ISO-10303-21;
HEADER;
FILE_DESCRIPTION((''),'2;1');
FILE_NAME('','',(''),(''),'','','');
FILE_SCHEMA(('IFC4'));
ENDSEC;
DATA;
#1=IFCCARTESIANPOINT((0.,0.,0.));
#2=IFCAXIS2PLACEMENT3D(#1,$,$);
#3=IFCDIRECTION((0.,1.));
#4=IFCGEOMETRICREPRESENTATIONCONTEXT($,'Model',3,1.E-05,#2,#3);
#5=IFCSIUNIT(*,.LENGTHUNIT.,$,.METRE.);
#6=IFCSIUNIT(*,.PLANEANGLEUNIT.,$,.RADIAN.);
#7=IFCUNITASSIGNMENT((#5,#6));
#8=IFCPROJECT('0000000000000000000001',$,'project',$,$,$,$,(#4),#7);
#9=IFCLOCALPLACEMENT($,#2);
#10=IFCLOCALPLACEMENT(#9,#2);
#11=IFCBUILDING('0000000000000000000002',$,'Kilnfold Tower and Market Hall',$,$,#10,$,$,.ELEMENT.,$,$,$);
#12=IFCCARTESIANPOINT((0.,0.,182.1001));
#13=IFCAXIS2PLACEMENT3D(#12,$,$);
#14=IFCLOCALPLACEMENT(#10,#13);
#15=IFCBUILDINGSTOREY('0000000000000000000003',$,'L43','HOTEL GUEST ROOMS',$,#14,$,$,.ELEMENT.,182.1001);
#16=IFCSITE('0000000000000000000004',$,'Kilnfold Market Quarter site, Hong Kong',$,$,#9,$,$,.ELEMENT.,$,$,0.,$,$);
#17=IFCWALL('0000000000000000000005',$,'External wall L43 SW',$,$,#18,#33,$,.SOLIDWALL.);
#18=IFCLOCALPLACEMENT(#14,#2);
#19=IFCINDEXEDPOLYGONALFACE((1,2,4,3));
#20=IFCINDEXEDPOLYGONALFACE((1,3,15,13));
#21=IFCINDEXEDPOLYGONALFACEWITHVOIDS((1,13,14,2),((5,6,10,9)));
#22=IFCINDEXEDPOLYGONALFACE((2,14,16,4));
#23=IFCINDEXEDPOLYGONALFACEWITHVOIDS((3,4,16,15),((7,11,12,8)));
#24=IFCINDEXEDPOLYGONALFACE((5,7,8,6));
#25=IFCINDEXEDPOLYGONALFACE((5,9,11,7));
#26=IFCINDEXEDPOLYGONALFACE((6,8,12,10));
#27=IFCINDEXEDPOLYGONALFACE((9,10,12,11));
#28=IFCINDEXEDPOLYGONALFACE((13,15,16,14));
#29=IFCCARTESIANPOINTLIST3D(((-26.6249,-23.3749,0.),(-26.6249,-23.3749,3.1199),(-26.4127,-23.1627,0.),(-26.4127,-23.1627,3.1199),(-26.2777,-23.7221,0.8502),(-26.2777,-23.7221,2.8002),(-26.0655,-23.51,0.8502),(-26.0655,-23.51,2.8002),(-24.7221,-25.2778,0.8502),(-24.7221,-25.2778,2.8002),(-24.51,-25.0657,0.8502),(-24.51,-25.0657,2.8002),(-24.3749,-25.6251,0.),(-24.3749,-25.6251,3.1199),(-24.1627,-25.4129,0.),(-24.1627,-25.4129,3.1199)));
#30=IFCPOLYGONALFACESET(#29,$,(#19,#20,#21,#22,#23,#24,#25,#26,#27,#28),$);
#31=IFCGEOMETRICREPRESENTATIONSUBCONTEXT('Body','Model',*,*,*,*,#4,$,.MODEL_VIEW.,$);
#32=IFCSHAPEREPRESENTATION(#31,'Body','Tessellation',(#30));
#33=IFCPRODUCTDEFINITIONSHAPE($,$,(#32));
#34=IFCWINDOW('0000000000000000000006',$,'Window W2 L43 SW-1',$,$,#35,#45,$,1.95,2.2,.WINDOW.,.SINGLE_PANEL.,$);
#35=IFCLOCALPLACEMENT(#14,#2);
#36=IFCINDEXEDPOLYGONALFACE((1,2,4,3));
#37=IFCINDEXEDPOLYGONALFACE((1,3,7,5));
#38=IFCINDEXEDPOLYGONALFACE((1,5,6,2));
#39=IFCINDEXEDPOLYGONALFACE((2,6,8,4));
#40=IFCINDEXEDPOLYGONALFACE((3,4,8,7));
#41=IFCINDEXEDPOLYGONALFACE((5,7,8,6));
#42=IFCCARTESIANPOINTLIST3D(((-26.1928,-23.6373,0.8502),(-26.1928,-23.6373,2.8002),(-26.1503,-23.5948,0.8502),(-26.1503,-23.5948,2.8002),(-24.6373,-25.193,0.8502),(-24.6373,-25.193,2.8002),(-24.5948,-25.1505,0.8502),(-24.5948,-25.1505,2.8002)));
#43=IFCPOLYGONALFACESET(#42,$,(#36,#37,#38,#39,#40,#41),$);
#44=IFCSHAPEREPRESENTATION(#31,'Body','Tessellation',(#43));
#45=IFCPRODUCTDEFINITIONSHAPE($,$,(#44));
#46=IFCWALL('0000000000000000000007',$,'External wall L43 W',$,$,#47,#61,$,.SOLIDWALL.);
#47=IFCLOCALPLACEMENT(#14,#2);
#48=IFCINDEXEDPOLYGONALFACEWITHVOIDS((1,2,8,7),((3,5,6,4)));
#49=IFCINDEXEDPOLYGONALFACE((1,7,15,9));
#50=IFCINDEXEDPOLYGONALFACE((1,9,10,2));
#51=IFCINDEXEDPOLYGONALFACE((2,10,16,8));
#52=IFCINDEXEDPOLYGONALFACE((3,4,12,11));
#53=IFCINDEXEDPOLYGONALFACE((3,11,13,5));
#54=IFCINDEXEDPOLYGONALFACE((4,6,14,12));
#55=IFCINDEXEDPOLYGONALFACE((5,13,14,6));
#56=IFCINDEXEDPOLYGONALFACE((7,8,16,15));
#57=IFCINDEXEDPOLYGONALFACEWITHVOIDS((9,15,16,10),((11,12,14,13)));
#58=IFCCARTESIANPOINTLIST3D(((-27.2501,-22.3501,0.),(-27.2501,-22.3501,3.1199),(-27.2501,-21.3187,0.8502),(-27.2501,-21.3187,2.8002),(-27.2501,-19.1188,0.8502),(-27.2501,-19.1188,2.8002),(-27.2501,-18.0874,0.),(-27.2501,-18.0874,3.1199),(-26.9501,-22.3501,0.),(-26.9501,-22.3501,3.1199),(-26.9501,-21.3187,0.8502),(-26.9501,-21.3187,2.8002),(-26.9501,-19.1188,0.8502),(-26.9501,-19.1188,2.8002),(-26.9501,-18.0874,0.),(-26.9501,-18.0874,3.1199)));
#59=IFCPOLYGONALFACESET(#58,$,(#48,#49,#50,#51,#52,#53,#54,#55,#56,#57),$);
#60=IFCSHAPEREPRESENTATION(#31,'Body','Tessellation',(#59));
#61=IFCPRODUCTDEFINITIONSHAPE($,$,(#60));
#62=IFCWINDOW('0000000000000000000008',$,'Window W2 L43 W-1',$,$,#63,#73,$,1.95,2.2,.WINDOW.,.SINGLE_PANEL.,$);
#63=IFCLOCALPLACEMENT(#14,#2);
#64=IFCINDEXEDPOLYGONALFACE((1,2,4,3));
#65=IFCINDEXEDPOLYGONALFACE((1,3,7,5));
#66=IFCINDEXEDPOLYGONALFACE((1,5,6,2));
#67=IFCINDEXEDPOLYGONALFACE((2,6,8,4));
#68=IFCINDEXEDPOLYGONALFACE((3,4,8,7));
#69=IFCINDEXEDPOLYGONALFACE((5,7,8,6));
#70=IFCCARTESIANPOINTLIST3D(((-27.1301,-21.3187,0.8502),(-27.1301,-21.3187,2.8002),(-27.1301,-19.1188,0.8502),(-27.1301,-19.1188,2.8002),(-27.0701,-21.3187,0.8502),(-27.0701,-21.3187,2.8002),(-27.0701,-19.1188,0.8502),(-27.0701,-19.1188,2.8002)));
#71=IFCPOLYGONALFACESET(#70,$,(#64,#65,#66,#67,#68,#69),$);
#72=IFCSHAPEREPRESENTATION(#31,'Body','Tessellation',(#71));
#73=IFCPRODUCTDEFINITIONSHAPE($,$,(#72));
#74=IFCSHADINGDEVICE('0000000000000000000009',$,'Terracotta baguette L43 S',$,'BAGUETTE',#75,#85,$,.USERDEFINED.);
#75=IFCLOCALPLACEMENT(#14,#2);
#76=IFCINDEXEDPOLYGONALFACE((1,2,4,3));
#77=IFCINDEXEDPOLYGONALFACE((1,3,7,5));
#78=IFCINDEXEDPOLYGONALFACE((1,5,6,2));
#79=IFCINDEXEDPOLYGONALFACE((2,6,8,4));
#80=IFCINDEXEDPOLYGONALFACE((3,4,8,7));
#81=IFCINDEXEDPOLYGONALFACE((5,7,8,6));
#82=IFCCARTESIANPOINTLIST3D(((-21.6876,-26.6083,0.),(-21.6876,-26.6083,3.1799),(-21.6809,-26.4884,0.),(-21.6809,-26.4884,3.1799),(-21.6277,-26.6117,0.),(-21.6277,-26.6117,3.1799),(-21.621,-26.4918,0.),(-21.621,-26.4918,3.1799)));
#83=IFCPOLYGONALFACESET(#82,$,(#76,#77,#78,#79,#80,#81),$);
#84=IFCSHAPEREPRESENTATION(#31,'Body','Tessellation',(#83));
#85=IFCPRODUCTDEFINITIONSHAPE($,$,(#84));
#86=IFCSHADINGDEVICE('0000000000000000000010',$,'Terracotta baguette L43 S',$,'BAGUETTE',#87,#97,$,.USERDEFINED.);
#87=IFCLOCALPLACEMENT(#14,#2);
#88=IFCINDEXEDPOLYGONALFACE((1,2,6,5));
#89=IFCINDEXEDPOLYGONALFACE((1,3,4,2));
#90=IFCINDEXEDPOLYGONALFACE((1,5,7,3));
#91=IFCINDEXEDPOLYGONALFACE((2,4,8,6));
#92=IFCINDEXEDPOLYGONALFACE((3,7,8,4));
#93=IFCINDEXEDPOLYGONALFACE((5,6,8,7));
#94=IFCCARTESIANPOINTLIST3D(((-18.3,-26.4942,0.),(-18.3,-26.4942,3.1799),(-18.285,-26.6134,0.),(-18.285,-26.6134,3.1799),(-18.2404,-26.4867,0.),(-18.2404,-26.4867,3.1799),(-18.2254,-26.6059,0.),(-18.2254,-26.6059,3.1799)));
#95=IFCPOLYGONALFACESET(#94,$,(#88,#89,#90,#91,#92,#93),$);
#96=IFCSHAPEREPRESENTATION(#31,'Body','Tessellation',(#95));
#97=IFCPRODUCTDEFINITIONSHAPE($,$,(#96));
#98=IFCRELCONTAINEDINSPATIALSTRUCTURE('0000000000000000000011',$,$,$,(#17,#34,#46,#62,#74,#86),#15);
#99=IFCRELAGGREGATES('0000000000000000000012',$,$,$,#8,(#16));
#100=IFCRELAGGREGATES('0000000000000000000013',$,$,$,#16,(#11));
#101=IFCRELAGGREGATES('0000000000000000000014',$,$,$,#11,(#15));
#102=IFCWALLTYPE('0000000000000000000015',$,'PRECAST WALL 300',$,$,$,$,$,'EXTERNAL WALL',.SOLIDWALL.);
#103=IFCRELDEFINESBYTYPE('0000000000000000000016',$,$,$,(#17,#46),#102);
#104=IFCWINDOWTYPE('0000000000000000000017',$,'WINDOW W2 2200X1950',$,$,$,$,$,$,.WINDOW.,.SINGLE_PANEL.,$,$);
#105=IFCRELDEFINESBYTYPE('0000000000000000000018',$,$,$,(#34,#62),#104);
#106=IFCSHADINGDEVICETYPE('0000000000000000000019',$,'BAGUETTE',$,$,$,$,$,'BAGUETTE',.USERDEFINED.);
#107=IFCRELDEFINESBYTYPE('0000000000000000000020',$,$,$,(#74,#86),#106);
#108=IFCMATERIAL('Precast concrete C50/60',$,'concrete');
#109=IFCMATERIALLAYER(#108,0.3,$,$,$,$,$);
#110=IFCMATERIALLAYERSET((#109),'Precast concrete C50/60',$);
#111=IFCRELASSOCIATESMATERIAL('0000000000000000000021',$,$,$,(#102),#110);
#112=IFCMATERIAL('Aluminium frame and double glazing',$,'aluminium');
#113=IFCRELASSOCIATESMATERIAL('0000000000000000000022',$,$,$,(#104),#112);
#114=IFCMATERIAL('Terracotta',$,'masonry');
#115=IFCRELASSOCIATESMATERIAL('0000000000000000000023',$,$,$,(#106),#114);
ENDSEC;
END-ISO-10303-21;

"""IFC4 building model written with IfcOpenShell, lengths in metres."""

from ifc_helpers import new_model, si_unit, direction, frame, frame_2d, origin, origin_2d, place, context, subcontext, project, spatial, rectangle, extrude, source, transform, mapped, material, layer, layer_set, material_profile, profile_set, type_object, element, fill, save


model = new_model("IFC4")

# Units and contexts
model_context = context("Model", 3, precision=1e-05, world=origin(), true_north=direction((0.0, 1.0)))
body_context = subcontext(model_context, "Body", "Model", "MODEL_VIEW")
ifc_project = project(units=[si_unit("LENGTHUNIT", "METRE"), si_unit("PLANEANGLEUNIT", "RADIAN")], contexts=[model_context])

# Site, building, storey
site_placement = place(None, origin())
site = spatial("IfcSite", under=ifc_project, at=site_placement, Name="Kilnfold Market Quarter site, Hong Kong", CompositionType="ELEMENT", RefElevation=0.0)
building_placement = place(site_placement, origin())
building = spatial("IfcBuilding", under=site, at=building_placement, Name="Kilnfold Tower and Market Hall", CompositionType="ELEMENT")
storey_placement = place(building_placement, frame((0.0, 0.0, 182.1001)))
storey = spatial("IfcBuildingStorey", under=building, at=storey_placement, Name="L43", Description="HOTEL GUEST ROOMS", CompositionType="ELEMENT", Elevation=182.1001)

# Shared definitions
ifc_material_1 = material(Name="Precast concrete C50/60", Category="concrete")
ifc_layer_1 = layer(ifc_material_1, 0.3)
ifc_layer_set_1 = layer_set([ifc_layer_1], Name="Precast concrete C50/60")
wall_type_1 = type_object("IfcWallType", Name="PRECAST WALL 300", ElementType="EXTERNAL WALL", PredefinedType="SOLIDWALL", material=ifc_layer_set_1)

# Walls, openings, windows
shared_shape_1 = source(origin(), body_context, "Body", "SweptSolid", [
    extrude(rectangle(XDim=3.1821, YDim=0.3, at=frame_2d((1.5911, 0.0))), origin(), (0.0, 0.0, 1.0), 3.1199),
])
wall_1_placement = place(storey_placement, frame((-26.5188, -23.2688, 0.0), z_axis=(0.0, 0.0, 1.0), x_axis=(0.707068, -0.707145, 0.0)))
wall_1 = element("IfcWall", 1, at=wall_1_placement, inside=storey, type_object=wall_type_1, Name="External wall L43 SW", PredefinedType="SOLIDWALL", context=body_context, shape_type="MappedRepresentation", body=[
    mapped(shared_shape_1, transform((0.0, 0.0, 0.0))),
])
opening_1_placement = place(wall_1_placement, frame((0.491, 0.0, 0.8501)))
opening_1 = element("IfcOpeningElement", 2, at=opening_1_placement, cuts=wall_1, PredefinedType="OPENING", context=body_context, shape_type="SweptSolid", body=[
    extrude(rectangle(XDim=2.2, YDim=1.95, at=frame_2d((1.1001, 0.9751))), frame((0.0, 0.1602, 0.0), z_axis=(0.0, -1.0, 0.0), x_axis=(1.0, 0.0, 0.0)), (0.0, 0.0, 1.0), 0.3201),
])
ifc_material_2 = material(Name="Aluminium frame and double glazing", Category="aluminium")
window_type_1 = type_object("IfcWindowType", Name="WINDOW W2 2200X1950", PartitioningType="SINGLE_PANEL", PredefinedType="WINDOW", material=ifc_material_2)
window_1_placement = place(opening_1_placement, origin())
window_1 = element("IfcWindow", 3, at=window_1_placement, inside=storey, type_object=window_type_1, Name="Window W2 L43 SW-1", OverallHeight=1.95, OverallWidth=2.2, PartitioningType="SINGLE_PANEL", PredefinedType="WINDOW", context=body_context, shape_type="SweptSolid", body=[
    extrude(rectangle(XDim=2.2, YDim=1.95, at=frame_2d((1.1001, 0.9751))), frame((0.0, 0.03, 0.0), z_axis=(0.0, -1.0, 0.0), x_axis=(1.0, 0.0, 0.0)), (0.0, 0.0, 1.0), 0.0601),
])
fill(opening_1, window_1)
shared_shape_2 = source(origin(), body_context, "Body", "SweptSolid", [
    extrude(rectangle(XDim=4.2627, YDim=0.3, at=frame_2d((2.1313, 0.0))), origin(), (0.0, 0.0, 1.0), 3.1199),
])
wall_2_placement = place(storey_placement, frame((-27.1001, -18.0874, 0.0), z_axis=(0.0, 0.0, 1.0), x_axis=(0.0, -1.0, 0.0)))
wall_2 = element("IfcWall", 4, at=wall_2_placement, inside=storey, type_object=wall_type_1, Name="External wall L43 W", PredefinedType="SOLIDWALL", context=body_context, shape_type="MappedRepresentation", body=[
    mapped(shared_shape_2, transform((0.0, 0.0, 0.0))),
])
opening_2_placement = place(wall_2_placement, frame((1.0312, 0.0, 0.8501)))
opening_2 = element("IfcOpeningElement", 5, at=opening_2_placement, cuts=wall_2, PredefinedType="OPENING", context=body_context, shape_type="SweptSolid", body=[
    extrude(rectangle(XDim=2.2, YDim=1.95, at=frame_2d((1.1001, 0.9751))), frame((0.0, 0.1602, 0.0), z_axis=(0.0, -1.0, 0.0), x_axis=(1.0, 0.0, 0.0)), (0.0, 0.0, 1.0), 0.3201),
])
window_2_placement = place(opening_2_placement, origin())
window_2 = element("IfcWindow", 6, at=window_2_placement, inside=storey, type_object=window_type_1, Name="Window W2 L43 W-1", OverallHeight=1.95, OverallWidth=2.2, PartitioningType="SINGLE_PANEL", PredefinedType="WINDOW", context=body_context, shape_type="SweptSolid", body=[
    extrude(rectangle(XDim=2.2, YDim=1.95, at=frame_2d((1.1001, 0.9751))), frame((0.0, 0.03, 0.0), z_axis=(0.0, -1.0, 0.0), x_axis=(1.0, 0.0, 0.0)), (0.0, 0.0, 1.0), 0.0601),
])
fill(opening_2, window_2)

# Shading devices
ifc_material_3 = material(Name="Terracotta", Category="masonry")
ifc_material_profile_1 = material_profile(ifc_material_3, rectangle(XDim=0.0601, YDim=0.1201, at=origin_2d()), Name="BAG 60x120")
ifc_profile_set_1 = profile_set([ifc_material_profile_1], Name="Terracotta")
shading_device_type = type_object("IfcShadingDeviceType", Name="BAGUETTE", ElementType="BAGUETTE", PredefinedType="USERDEFINED", material=ifc_profile_set_1)
shared_shape_3 = source(origin(), body_context, "Body", "SweptSolid", [
    extrude(rectangle(XDim=0.0601, YDim=0.1201, at=origin_2d()), origin(), (0.0, 0.0, 1.0), 3.1799),
])
for number, where, z_axis, x_axis, name in (
    (7, (-21.6543, -26.55, 0.0), (0.0, 0.0, 1.0), (0.99845, -0.055665, 0.0), "Terracotta baguette L43 S"),
    (8, (-18.2627, -26.55, 0.0), (0.0, 0.0, 1.0), (0.992175, 0.124854, 0.0), "Terracotta baguette L43 S"),
):
    element("IfcShadingDevice", number, at=place(storey_placement, frame(where, z_axis=z_axis, x_axis=x_axis)), inside=storey, type_object=shading_device_type, Name=name, ObjectType="BAGUETTE", PredefinedType="USERDEFINED", context=body_context, shape_type="MappedRepresentation", body=[
        mapped(shared_shape_3, transform((0.0, 0.0, 0.0))),
    ])

save(model, "model.ifc")
